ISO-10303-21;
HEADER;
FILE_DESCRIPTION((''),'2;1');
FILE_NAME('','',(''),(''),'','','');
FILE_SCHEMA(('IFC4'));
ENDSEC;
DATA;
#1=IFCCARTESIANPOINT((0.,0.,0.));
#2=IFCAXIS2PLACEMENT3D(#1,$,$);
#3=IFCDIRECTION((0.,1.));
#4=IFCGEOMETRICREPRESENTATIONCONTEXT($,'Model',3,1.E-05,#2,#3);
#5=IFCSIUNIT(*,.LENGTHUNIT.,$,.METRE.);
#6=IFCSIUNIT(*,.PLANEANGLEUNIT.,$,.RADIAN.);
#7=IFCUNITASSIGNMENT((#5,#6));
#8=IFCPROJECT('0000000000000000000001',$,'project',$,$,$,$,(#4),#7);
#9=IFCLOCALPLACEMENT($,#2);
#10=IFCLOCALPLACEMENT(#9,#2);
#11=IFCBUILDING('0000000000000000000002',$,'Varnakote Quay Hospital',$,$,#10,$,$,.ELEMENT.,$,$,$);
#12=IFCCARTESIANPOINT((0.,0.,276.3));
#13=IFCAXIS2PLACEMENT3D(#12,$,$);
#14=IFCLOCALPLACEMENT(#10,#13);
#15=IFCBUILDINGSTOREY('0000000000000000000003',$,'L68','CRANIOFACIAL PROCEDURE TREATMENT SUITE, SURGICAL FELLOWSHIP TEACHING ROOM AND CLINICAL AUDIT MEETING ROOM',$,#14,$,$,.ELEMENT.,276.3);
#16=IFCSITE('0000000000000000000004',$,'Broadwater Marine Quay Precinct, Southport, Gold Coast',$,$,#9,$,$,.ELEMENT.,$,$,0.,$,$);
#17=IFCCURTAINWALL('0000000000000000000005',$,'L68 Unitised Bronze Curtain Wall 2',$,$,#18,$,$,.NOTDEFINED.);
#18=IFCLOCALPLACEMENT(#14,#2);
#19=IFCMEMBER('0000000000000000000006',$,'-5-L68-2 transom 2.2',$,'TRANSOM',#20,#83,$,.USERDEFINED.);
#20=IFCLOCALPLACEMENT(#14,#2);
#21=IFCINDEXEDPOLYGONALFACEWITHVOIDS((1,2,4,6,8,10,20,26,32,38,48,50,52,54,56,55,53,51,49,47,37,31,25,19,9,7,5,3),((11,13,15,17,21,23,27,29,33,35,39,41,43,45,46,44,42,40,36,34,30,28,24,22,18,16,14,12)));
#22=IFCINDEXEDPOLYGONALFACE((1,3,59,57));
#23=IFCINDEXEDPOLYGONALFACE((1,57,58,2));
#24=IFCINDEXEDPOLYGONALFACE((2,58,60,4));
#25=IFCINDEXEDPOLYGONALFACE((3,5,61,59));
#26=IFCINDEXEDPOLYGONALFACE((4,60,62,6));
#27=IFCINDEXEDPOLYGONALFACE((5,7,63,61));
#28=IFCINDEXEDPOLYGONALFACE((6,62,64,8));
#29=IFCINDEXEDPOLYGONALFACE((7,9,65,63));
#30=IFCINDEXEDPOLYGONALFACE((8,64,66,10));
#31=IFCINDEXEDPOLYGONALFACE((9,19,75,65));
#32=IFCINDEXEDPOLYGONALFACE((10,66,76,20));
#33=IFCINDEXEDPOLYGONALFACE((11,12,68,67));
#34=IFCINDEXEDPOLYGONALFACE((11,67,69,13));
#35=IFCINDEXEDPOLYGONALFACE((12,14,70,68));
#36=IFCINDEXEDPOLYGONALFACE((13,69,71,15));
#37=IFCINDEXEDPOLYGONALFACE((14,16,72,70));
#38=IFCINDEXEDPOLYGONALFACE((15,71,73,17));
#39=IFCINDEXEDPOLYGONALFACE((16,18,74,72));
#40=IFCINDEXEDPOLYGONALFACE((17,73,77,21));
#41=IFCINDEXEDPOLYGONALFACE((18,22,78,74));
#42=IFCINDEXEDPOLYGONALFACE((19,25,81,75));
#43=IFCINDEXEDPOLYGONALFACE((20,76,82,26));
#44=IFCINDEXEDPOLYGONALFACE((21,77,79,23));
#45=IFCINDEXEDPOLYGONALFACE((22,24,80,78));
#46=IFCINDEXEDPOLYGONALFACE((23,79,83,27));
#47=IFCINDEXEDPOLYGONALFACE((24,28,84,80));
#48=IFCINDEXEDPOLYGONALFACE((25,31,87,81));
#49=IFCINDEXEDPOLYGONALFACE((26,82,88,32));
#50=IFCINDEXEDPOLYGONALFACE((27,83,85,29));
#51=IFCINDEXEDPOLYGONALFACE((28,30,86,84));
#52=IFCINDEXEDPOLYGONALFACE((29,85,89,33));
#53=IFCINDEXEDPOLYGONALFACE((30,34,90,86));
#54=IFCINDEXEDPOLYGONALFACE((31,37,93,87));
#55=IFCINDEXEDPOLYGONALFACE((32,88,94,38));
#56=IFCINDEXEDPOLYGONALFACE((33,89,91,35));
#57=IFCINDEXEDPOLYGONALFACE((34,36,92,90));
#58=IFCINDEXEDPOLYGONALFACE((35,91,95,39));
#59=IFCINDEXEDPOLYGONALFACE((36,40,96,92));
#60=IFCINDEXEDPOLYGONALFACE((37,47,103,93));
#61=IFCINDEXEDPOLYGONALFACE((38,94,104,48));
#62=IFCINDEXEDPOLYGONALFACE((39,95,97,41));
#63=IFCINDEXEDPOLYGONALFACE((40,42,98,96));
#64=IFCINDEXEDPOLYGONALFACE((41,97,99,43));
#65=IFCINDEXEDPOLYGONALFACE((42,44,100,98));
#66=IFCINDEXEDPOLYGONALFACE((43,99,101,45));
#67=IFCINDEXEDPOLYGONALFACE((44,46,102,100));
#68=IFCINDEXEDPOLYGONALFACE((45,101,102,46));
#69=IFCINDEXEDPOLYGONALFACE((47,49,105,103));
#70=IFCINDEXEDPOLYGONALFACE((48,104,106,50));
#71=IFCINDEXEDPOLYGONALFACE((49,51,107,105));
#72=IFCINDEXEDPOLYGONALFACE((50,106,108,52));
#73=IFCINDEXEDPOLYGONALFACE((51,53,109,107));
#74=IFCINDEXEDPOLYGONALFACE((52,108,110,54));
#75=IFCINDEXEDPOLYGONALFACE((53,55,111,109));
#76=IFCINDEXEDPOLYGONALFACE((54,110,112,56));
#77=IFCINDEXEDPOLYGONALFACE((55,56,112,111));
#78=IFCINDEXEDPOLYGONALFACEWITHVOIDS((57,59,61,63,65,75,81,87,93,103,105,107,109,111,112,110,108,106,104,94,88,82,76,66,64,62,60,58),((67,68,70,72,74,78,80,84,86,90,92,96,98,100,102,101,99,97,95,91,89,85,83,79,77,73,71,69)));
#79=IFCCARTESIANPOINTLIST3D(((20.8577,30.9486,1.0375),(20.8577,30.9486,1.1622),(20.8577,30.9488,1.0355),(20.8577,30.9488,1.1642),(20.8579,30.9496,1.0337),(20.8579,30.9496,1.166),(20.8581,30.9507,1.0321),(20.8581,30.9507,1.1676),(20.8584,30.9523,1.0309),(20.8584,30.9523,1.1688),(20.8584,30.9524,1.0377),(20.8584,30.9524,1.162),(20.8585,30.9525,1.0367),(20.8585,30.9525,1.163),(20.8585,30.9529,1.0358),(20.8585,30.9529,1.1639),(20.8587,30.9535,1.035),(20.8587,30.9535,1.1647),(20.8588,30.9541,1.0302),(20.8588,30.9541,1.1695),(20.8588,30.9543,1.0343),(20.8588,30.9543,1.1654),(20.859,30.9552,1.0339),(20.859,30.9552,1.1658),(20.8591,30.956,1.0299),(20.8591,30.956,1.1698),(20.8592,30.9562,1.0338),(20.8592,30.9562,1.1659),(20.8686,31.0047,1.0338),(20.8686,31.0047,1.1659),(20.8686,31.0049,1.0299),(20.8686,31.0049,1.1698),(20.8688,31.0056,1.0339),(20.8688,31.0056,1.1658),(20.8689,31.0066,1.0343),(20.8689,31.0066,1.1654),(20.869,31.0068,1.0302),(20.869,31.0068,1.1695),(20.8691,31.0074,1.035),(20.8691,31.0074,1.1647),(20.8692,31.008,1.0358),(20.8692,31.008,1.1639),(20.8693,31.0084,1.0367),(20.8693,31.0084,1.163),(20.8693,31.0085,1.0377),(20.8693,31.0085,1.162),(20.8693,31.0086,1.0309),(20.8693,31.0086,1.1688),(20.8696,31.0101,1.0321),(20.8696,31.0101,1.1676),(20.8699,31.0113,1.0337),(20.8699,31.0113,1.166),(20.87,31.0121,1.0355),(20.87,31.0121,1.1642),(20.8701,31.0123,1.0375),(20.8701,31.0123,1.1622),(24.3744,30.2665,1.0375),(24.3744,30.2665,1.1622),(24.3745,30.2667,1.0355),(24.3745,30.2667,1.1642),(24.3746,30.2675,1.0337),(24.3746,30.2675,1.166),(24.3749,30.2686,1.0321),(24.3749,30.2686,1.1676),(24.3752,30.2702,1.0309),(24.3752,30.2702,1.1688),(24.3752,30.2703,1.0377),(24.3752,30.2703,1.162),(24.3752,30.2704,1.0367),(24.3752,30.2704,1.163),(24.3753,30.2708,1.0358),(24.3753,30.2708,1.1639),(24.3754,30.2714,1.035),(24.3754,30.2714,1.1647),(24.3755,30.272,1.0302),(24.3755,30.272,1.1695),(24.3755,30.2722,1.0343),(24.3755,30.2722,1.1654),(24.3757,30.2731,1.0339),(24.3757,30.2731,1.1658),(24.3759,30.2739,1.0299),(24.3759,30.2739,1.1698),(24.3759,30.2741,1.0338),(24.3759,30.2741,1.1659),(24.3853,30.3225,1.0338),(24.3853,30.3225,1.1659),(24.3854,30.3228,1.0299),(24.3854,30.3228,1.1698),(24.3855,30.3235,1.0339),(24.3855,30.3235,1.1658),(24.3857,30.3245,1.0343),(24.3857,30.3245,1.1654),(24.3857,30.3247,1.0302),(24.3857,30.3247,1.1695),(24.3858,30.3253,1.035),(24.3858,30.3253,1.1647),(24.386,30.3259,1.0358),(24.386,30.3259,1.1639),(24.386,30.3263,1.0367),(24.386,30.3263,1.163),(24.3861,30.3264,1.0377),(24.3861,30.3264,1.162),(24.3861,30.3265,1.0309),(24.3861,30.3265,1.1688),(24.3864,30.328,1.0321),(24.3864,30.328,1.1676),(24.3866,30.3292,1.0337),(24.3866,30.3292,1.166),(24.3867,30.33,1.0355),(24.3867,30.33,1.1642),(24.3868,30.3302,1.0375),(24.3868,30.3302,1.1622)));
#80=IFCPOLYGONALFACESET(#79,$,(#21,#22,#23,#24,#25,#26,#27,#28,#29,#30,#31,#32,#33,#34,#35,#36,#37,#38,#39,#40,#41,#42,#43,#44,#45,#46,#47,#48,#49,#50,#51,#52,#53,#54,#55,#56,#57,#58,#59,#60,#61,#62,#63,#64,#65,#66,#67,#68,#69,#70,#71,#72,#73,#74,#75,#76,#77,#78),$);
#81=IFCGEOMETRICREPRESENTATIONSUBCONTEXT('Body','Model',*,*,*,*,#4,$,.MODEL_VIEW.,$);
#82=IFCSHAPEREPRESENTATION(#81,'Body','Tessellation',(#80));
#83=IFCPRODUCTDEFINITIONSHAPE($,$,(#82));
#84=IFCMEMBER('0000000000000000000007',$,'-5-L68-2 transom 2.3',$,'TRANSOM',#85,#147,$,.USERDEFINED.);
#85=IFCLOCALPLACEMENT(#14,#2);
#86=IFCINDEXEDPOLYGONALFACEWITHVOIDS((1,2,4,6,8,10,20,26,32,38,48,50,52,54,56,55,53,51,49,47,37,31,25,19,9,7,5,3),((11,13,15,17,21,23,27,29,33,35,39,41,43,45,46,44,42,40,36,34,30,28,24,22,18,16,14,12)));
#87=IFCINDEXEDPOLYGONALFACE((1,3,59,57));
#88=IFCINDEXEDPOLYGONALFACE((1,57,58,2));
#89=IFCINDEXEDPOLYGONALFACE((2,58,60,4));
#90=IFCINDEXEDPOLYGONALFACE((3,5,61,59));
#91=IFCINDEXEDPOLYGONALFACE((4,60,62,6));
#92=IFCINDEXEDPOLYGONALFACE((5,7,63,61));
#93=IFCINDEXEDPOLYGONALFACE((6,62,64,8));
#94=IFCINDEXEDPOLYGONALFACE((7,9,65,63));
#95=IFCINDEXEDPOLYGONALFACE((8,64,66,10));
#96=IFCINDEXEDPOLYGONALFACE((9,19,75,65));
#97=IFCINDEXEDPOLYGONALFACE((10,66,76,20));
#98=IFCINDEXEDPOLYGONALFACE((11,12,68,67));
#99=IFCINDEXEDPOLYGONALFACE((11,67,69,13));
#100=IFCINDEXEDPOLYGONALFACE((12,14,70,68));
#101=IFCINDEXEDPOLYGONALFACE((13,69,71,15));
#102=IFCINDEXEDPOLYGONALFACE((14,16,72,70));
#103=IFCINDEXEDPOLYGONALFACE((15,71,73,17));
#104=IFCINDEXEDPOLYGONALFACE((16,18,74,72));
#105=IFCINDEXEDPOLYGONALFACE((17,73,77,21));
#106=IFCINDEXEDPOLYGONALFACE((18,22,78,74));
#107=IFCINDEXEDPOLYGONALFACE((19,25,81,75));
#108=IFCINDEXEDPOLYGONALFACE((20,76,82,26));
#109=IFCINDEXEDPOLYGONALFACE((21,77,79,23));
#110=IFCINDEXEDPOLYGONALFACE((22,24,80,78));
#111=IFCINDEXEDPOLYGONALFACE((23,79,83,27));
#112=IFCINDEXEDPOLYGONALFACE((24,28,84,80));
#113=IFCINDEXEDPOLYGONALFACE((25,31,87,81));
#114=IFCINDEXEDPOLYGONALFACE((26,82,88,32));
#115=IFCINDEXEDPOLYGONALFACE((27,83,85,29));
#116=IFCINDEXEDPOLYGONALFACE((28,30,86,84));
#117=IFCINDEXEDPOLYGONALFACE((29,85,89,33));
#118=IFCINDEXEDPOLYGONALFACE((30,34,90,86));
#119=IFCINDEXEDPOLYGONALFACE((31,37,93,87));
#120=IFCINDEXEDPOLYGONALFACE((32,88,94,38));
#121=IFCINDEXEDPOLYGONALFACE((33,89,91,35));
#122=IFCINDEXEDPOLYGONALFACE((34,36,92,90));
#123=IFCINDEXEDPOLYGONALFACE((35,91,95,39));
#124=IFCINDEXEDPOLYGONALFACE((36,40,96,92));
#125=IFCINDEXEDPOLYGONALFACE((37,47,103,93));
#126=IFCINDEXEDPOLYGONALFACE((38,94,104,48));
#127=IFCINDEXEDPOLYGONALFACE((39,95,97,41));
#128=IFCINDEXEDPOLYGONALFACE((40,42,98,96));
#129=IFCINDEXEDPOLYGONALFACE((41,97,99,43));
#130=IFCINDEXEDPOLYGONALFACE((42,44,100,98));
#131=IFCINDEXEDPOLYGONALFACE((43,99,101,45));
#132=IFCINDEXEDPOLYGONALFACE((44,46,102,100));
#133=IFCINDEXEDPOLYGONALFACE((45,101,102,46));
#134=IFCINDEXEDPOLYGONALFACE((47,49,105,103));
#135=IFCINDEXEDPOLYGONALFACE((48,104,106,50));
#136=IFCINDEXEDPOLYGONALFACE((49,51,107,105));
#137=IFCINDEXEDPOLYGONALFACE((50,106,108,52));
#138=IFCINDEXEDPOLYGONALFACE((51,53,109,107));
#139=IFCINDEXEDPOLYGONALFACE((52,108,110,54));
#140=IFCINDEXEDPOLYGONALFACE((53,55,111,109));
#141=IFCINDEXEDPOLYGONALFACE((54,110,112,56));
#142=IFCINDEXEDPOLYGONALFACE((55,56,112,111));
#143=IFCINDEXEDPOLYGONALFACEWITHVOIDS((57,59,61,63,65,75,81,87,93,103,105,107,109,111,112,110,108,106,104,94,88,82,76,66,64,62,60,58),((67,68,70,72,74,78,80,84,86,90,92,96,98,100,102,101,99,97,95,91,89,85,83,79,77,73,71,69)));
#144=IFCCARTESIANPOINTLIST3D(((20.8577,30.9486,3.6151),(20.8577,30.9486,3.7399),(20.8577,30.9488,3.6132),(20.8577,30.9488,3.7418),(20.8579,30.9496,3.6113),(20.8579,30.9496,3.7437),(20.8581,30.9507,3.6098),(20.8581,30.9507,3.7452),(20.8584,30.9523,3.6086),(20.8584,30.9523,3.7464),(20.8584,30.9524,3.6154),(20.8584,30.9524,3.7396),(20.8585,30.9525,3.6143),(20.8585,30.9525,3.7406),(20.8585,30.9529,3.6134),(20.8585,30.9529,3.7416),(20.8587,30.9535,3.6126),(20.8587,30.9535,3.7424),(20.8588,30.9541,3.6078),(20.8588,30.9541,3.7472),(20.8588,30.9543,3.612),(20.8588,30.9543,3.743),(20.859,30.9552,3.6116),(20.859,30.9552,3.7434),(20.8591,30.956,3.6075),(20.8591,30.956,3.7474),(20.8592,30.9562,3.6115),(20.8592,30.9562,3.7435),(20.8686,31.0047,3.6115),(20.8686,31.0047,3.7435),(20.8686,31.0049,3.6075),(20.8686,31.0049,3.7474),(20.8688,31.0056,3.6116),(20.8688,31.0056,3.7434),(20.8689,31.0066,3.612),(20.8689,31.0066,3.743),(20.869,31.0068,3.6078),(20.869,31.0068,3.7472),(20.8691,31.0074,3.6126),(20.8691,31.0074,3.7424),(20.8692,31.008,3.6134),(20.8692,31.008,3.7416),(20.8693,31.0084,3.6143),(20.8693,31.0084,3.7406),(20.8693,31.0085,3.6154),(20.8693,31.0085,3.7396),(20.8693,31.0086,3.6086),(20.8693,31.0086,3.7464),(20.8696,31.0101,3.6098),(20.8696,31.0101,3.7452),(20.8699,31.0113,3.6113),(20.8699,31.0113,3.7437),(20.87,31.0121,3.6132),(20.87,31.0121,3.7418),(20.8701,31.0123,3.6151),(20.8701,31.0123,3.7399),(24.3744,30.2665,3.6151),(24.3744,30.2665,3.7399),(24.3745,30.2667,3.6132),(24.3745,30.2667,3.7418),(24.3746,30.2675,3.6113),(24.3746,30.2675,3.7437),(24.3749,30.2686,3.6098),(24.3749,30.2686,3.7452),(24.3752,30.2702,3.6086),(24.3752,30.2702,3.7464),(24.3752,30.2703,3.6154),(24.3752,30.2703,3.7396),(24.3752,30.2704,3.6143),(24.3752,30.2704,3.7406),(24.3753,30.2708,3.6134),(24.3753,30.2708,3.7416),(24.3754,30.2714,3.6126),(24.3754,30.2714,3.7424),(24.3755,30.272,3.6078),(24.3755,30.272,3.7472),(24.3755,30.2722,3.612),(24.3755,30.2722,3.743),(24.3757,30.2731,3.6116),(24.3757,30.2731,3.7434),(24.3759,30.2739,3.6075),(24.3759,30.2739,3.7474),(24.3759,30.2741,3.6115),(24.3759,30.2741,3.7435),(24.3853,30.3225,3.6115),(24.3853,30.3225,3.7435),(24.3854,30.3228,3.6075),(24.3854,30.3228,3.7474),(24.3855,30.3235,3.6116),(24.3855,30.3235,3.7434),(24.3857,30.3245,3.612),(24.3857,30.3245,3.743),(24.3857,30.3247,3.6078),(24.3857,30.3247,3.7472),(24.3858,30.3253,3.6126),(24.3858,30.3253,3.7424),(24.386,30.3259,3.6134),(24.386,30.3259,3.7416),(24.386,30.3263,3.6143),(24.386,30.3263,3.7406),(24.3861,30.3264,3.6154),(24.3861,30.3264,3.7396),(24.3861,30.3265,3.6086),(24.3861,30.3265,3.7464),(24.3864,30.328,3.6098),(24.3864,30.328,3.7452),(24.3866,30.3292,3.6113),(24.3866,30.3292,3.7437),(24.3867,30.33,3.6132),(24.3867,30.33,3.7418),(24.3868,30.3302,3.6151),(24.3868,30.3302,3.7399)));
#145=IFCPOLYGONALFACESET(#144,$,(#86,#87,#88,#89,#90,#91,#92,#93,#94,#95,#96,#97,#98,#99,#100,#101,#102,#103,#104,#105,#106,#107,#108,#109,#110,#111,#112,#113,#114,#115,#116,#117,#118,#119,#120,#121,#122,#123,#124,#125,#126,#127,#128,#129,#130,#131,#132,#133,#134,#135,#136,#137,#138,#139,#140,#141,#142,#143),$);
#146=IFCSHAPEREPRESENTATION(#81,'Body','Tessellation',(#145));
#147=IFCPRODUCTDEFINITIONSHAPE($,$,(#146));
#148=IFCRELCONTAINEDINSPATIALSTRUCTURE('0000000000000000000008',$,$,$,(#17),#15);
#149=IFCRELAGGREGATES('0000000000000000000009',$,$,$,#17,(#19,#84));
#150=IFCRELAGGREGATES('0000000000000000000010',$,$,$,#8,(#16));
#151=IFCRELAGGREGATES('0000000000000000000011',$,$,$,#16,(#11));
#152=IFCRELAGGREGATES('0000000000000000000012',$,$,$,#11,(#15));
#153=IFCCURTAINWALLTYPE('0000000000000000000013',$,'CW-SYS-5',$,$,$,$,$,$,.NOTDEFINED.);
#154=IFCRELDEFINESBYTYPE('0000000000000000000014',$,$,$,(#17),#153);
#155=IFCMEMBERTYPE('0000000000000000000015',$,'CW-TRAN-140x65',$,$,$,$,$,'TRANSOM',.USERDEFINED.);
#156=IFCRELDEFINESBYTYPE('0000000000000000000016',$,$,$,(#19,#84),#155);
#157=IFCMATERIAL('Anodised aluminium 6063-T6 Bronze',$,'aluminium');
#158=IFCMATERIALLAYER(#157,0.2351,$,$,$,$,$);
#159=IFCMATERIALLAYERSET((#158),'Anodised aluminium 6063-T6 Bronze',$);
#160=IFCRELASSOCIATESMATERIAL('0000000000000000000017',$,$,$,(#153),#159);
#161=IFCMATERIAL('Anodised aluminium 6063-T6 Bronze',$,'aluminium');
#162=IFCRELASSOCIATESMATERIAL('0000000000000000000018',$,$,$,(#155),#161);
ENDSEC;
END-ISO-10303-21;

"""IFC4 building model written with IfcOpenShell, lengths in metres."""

from ifc_helpers import new_model, si_unit, direction, frame, origin, origin_2d, place, context, subcontext, project, spatial, hollow_rectangle, extrude, material, layer, layer_set, material_profile, profile_set, type_object, element, aggregate, save


model = new_model("IFC4")

# Units and contexts
model_context = context("Model", 3, precision=1e-05, world=origin(), true_north=direction((0.0, 1.0)))
body_context = subcontext(model_context, "Body", "Model", "MODEL_VIEW")
ifc_project = project(units=[si_unit("LENGTHUNIT", "METRE"), si_unit("PLANEANGLEUNIT", "RADIAN")], contexts=[model_context])

# Site, building, storey
site_placement = place(None, origin())
site = spatial("IfcSite", under=ifc_project, at=site_placement, Name="Broadwater Marine Quay Precinct, Southport, Gold Coast", CompositionType="ELEMENT", RefElevation=0.0)
building_placement = place(site_placement, origin())
building = spatial("IfcBuilding", under=site, at=building_placement, Name="Varnakote Quay Hospital", CompositionType="ELEMENT")
storey_placement = place(building_placement, frame((0.0, 0.0, 276.3)))
storey = spatial("IfcBuildingStorey", under=building, at=storey_placement, Name="L68", Description="CRANIOFACIAL PROCEDURE TREATMENT SUITE, SURGICAL FELLOWSHIP TEACHING ROOM AND CLINICAL AUDIT MEETING ROOM", CompositionType="ELEMENT", Elevation=276.3)

# Shared definitions
ifc_material_1 = material(Name="Anodised aluminium 6063-T6 Bronze", Category="aluminium")
ifc_layer_1 = layer(ifc_material_1, 0.2351)
ifc_layer_set_1 = layer_set([ifc_layer_1], Name="Anodised aluminium 6063-T6 Bronze")
curtain_wall_type = type_object("IfcCurtainWallType", Name="CW-SYS-5", PredefinedType="NOTDEFINED", material=ifc_layer_set_1)

# Curtain wall
curtain_wall_1_placement = place(storey_placement, origin())
curtain_wall_1 = element("IfcCurtainWall", 1, at=curtain_wall_1_placement, inside=storey, type_object=curtain_wall_type, Name="L68 Unitised Bronze Curtain Wall 2", PredefinedType="NOTDEFINED")

# Members
ifc_material_2 = material(Name="Anodised aluminium 6063-T6 Bronze", Category="aluminium")
ifc_material_profile_1 = material_profile(ifc_material_2, hollow_rectangle(XDim=0.0649, YDim=0.1399, WallThickness=0.0039, InnerFilletRadius=0.0039, OuterFilletRadius=0.0076, at=origin_2d()), Name="CW-TRAN-140x65")
ifc_profile_set_1 = profile_set([ifc_material_profile_1], Name="Anodised aluminium 6063-T6 Bronze")
member_type_1 = type_object("IfcMemberType", Name="CW-TRAN-140x65", ElementType="TRANSOM", PredefinedType="USERDEFINED", material=ifc_profile_set_1)
member_1_placement = place(storey_placement, frame((24.3806, 30.2983, 1.0999), z_axis=(-0.981704, 0.190412, 0.0), x_axis=(-0.190412, -0.981704, 0.0)))
member_1 = element("IfcMember", 2, at=member_1_placement, type_object=member_type_1, Name="-5-L68-2 transom 2.2", ObjectType="TRANSOM", PredefinedType="USERDEFINED", context=body_context, shape_type="SweptSolid", body=[
    extrude(hollow_rectangle(XDim=0.0649, YDim=0.1399, WallThickness=0.0039, InnerFilletRadius=0.0039, OuterFilletRadius=0.0076, at=origin_2d()), origin(), (0.0, 0.0, 1.0), 3.5823),
])
member_2_placement = place(storey_placement, frame((24.3806, 30.2983, 3.6775), z_axis=(-0.981704, 0.190412, 0.0), x_axis=(-0.190412, -0.981704, 0.0)))
member_2 = element("IfcMember", 3, at=member_2_placement, type_object=member_type_1, Name="-5-L68-2 transom 2.3", ObjectType="TRANSOM", PredefinedType="USERDEFINED", context=body_context, shape_type="SweptSolid", body=[
    extrude(hollow_rectangle(XDim=0.0649, YDim=0.1399, WallThickness=0.0039, InnerFilletRadius=0.0039, OuterFilletRadius=0.0076, at=origin_2d()), origin(), (0.0, 0.0, 1.0), 3.5823),
])

aggregate(curtain_wall_1, [member_1, member_2])

save(model, "model.ifc")
